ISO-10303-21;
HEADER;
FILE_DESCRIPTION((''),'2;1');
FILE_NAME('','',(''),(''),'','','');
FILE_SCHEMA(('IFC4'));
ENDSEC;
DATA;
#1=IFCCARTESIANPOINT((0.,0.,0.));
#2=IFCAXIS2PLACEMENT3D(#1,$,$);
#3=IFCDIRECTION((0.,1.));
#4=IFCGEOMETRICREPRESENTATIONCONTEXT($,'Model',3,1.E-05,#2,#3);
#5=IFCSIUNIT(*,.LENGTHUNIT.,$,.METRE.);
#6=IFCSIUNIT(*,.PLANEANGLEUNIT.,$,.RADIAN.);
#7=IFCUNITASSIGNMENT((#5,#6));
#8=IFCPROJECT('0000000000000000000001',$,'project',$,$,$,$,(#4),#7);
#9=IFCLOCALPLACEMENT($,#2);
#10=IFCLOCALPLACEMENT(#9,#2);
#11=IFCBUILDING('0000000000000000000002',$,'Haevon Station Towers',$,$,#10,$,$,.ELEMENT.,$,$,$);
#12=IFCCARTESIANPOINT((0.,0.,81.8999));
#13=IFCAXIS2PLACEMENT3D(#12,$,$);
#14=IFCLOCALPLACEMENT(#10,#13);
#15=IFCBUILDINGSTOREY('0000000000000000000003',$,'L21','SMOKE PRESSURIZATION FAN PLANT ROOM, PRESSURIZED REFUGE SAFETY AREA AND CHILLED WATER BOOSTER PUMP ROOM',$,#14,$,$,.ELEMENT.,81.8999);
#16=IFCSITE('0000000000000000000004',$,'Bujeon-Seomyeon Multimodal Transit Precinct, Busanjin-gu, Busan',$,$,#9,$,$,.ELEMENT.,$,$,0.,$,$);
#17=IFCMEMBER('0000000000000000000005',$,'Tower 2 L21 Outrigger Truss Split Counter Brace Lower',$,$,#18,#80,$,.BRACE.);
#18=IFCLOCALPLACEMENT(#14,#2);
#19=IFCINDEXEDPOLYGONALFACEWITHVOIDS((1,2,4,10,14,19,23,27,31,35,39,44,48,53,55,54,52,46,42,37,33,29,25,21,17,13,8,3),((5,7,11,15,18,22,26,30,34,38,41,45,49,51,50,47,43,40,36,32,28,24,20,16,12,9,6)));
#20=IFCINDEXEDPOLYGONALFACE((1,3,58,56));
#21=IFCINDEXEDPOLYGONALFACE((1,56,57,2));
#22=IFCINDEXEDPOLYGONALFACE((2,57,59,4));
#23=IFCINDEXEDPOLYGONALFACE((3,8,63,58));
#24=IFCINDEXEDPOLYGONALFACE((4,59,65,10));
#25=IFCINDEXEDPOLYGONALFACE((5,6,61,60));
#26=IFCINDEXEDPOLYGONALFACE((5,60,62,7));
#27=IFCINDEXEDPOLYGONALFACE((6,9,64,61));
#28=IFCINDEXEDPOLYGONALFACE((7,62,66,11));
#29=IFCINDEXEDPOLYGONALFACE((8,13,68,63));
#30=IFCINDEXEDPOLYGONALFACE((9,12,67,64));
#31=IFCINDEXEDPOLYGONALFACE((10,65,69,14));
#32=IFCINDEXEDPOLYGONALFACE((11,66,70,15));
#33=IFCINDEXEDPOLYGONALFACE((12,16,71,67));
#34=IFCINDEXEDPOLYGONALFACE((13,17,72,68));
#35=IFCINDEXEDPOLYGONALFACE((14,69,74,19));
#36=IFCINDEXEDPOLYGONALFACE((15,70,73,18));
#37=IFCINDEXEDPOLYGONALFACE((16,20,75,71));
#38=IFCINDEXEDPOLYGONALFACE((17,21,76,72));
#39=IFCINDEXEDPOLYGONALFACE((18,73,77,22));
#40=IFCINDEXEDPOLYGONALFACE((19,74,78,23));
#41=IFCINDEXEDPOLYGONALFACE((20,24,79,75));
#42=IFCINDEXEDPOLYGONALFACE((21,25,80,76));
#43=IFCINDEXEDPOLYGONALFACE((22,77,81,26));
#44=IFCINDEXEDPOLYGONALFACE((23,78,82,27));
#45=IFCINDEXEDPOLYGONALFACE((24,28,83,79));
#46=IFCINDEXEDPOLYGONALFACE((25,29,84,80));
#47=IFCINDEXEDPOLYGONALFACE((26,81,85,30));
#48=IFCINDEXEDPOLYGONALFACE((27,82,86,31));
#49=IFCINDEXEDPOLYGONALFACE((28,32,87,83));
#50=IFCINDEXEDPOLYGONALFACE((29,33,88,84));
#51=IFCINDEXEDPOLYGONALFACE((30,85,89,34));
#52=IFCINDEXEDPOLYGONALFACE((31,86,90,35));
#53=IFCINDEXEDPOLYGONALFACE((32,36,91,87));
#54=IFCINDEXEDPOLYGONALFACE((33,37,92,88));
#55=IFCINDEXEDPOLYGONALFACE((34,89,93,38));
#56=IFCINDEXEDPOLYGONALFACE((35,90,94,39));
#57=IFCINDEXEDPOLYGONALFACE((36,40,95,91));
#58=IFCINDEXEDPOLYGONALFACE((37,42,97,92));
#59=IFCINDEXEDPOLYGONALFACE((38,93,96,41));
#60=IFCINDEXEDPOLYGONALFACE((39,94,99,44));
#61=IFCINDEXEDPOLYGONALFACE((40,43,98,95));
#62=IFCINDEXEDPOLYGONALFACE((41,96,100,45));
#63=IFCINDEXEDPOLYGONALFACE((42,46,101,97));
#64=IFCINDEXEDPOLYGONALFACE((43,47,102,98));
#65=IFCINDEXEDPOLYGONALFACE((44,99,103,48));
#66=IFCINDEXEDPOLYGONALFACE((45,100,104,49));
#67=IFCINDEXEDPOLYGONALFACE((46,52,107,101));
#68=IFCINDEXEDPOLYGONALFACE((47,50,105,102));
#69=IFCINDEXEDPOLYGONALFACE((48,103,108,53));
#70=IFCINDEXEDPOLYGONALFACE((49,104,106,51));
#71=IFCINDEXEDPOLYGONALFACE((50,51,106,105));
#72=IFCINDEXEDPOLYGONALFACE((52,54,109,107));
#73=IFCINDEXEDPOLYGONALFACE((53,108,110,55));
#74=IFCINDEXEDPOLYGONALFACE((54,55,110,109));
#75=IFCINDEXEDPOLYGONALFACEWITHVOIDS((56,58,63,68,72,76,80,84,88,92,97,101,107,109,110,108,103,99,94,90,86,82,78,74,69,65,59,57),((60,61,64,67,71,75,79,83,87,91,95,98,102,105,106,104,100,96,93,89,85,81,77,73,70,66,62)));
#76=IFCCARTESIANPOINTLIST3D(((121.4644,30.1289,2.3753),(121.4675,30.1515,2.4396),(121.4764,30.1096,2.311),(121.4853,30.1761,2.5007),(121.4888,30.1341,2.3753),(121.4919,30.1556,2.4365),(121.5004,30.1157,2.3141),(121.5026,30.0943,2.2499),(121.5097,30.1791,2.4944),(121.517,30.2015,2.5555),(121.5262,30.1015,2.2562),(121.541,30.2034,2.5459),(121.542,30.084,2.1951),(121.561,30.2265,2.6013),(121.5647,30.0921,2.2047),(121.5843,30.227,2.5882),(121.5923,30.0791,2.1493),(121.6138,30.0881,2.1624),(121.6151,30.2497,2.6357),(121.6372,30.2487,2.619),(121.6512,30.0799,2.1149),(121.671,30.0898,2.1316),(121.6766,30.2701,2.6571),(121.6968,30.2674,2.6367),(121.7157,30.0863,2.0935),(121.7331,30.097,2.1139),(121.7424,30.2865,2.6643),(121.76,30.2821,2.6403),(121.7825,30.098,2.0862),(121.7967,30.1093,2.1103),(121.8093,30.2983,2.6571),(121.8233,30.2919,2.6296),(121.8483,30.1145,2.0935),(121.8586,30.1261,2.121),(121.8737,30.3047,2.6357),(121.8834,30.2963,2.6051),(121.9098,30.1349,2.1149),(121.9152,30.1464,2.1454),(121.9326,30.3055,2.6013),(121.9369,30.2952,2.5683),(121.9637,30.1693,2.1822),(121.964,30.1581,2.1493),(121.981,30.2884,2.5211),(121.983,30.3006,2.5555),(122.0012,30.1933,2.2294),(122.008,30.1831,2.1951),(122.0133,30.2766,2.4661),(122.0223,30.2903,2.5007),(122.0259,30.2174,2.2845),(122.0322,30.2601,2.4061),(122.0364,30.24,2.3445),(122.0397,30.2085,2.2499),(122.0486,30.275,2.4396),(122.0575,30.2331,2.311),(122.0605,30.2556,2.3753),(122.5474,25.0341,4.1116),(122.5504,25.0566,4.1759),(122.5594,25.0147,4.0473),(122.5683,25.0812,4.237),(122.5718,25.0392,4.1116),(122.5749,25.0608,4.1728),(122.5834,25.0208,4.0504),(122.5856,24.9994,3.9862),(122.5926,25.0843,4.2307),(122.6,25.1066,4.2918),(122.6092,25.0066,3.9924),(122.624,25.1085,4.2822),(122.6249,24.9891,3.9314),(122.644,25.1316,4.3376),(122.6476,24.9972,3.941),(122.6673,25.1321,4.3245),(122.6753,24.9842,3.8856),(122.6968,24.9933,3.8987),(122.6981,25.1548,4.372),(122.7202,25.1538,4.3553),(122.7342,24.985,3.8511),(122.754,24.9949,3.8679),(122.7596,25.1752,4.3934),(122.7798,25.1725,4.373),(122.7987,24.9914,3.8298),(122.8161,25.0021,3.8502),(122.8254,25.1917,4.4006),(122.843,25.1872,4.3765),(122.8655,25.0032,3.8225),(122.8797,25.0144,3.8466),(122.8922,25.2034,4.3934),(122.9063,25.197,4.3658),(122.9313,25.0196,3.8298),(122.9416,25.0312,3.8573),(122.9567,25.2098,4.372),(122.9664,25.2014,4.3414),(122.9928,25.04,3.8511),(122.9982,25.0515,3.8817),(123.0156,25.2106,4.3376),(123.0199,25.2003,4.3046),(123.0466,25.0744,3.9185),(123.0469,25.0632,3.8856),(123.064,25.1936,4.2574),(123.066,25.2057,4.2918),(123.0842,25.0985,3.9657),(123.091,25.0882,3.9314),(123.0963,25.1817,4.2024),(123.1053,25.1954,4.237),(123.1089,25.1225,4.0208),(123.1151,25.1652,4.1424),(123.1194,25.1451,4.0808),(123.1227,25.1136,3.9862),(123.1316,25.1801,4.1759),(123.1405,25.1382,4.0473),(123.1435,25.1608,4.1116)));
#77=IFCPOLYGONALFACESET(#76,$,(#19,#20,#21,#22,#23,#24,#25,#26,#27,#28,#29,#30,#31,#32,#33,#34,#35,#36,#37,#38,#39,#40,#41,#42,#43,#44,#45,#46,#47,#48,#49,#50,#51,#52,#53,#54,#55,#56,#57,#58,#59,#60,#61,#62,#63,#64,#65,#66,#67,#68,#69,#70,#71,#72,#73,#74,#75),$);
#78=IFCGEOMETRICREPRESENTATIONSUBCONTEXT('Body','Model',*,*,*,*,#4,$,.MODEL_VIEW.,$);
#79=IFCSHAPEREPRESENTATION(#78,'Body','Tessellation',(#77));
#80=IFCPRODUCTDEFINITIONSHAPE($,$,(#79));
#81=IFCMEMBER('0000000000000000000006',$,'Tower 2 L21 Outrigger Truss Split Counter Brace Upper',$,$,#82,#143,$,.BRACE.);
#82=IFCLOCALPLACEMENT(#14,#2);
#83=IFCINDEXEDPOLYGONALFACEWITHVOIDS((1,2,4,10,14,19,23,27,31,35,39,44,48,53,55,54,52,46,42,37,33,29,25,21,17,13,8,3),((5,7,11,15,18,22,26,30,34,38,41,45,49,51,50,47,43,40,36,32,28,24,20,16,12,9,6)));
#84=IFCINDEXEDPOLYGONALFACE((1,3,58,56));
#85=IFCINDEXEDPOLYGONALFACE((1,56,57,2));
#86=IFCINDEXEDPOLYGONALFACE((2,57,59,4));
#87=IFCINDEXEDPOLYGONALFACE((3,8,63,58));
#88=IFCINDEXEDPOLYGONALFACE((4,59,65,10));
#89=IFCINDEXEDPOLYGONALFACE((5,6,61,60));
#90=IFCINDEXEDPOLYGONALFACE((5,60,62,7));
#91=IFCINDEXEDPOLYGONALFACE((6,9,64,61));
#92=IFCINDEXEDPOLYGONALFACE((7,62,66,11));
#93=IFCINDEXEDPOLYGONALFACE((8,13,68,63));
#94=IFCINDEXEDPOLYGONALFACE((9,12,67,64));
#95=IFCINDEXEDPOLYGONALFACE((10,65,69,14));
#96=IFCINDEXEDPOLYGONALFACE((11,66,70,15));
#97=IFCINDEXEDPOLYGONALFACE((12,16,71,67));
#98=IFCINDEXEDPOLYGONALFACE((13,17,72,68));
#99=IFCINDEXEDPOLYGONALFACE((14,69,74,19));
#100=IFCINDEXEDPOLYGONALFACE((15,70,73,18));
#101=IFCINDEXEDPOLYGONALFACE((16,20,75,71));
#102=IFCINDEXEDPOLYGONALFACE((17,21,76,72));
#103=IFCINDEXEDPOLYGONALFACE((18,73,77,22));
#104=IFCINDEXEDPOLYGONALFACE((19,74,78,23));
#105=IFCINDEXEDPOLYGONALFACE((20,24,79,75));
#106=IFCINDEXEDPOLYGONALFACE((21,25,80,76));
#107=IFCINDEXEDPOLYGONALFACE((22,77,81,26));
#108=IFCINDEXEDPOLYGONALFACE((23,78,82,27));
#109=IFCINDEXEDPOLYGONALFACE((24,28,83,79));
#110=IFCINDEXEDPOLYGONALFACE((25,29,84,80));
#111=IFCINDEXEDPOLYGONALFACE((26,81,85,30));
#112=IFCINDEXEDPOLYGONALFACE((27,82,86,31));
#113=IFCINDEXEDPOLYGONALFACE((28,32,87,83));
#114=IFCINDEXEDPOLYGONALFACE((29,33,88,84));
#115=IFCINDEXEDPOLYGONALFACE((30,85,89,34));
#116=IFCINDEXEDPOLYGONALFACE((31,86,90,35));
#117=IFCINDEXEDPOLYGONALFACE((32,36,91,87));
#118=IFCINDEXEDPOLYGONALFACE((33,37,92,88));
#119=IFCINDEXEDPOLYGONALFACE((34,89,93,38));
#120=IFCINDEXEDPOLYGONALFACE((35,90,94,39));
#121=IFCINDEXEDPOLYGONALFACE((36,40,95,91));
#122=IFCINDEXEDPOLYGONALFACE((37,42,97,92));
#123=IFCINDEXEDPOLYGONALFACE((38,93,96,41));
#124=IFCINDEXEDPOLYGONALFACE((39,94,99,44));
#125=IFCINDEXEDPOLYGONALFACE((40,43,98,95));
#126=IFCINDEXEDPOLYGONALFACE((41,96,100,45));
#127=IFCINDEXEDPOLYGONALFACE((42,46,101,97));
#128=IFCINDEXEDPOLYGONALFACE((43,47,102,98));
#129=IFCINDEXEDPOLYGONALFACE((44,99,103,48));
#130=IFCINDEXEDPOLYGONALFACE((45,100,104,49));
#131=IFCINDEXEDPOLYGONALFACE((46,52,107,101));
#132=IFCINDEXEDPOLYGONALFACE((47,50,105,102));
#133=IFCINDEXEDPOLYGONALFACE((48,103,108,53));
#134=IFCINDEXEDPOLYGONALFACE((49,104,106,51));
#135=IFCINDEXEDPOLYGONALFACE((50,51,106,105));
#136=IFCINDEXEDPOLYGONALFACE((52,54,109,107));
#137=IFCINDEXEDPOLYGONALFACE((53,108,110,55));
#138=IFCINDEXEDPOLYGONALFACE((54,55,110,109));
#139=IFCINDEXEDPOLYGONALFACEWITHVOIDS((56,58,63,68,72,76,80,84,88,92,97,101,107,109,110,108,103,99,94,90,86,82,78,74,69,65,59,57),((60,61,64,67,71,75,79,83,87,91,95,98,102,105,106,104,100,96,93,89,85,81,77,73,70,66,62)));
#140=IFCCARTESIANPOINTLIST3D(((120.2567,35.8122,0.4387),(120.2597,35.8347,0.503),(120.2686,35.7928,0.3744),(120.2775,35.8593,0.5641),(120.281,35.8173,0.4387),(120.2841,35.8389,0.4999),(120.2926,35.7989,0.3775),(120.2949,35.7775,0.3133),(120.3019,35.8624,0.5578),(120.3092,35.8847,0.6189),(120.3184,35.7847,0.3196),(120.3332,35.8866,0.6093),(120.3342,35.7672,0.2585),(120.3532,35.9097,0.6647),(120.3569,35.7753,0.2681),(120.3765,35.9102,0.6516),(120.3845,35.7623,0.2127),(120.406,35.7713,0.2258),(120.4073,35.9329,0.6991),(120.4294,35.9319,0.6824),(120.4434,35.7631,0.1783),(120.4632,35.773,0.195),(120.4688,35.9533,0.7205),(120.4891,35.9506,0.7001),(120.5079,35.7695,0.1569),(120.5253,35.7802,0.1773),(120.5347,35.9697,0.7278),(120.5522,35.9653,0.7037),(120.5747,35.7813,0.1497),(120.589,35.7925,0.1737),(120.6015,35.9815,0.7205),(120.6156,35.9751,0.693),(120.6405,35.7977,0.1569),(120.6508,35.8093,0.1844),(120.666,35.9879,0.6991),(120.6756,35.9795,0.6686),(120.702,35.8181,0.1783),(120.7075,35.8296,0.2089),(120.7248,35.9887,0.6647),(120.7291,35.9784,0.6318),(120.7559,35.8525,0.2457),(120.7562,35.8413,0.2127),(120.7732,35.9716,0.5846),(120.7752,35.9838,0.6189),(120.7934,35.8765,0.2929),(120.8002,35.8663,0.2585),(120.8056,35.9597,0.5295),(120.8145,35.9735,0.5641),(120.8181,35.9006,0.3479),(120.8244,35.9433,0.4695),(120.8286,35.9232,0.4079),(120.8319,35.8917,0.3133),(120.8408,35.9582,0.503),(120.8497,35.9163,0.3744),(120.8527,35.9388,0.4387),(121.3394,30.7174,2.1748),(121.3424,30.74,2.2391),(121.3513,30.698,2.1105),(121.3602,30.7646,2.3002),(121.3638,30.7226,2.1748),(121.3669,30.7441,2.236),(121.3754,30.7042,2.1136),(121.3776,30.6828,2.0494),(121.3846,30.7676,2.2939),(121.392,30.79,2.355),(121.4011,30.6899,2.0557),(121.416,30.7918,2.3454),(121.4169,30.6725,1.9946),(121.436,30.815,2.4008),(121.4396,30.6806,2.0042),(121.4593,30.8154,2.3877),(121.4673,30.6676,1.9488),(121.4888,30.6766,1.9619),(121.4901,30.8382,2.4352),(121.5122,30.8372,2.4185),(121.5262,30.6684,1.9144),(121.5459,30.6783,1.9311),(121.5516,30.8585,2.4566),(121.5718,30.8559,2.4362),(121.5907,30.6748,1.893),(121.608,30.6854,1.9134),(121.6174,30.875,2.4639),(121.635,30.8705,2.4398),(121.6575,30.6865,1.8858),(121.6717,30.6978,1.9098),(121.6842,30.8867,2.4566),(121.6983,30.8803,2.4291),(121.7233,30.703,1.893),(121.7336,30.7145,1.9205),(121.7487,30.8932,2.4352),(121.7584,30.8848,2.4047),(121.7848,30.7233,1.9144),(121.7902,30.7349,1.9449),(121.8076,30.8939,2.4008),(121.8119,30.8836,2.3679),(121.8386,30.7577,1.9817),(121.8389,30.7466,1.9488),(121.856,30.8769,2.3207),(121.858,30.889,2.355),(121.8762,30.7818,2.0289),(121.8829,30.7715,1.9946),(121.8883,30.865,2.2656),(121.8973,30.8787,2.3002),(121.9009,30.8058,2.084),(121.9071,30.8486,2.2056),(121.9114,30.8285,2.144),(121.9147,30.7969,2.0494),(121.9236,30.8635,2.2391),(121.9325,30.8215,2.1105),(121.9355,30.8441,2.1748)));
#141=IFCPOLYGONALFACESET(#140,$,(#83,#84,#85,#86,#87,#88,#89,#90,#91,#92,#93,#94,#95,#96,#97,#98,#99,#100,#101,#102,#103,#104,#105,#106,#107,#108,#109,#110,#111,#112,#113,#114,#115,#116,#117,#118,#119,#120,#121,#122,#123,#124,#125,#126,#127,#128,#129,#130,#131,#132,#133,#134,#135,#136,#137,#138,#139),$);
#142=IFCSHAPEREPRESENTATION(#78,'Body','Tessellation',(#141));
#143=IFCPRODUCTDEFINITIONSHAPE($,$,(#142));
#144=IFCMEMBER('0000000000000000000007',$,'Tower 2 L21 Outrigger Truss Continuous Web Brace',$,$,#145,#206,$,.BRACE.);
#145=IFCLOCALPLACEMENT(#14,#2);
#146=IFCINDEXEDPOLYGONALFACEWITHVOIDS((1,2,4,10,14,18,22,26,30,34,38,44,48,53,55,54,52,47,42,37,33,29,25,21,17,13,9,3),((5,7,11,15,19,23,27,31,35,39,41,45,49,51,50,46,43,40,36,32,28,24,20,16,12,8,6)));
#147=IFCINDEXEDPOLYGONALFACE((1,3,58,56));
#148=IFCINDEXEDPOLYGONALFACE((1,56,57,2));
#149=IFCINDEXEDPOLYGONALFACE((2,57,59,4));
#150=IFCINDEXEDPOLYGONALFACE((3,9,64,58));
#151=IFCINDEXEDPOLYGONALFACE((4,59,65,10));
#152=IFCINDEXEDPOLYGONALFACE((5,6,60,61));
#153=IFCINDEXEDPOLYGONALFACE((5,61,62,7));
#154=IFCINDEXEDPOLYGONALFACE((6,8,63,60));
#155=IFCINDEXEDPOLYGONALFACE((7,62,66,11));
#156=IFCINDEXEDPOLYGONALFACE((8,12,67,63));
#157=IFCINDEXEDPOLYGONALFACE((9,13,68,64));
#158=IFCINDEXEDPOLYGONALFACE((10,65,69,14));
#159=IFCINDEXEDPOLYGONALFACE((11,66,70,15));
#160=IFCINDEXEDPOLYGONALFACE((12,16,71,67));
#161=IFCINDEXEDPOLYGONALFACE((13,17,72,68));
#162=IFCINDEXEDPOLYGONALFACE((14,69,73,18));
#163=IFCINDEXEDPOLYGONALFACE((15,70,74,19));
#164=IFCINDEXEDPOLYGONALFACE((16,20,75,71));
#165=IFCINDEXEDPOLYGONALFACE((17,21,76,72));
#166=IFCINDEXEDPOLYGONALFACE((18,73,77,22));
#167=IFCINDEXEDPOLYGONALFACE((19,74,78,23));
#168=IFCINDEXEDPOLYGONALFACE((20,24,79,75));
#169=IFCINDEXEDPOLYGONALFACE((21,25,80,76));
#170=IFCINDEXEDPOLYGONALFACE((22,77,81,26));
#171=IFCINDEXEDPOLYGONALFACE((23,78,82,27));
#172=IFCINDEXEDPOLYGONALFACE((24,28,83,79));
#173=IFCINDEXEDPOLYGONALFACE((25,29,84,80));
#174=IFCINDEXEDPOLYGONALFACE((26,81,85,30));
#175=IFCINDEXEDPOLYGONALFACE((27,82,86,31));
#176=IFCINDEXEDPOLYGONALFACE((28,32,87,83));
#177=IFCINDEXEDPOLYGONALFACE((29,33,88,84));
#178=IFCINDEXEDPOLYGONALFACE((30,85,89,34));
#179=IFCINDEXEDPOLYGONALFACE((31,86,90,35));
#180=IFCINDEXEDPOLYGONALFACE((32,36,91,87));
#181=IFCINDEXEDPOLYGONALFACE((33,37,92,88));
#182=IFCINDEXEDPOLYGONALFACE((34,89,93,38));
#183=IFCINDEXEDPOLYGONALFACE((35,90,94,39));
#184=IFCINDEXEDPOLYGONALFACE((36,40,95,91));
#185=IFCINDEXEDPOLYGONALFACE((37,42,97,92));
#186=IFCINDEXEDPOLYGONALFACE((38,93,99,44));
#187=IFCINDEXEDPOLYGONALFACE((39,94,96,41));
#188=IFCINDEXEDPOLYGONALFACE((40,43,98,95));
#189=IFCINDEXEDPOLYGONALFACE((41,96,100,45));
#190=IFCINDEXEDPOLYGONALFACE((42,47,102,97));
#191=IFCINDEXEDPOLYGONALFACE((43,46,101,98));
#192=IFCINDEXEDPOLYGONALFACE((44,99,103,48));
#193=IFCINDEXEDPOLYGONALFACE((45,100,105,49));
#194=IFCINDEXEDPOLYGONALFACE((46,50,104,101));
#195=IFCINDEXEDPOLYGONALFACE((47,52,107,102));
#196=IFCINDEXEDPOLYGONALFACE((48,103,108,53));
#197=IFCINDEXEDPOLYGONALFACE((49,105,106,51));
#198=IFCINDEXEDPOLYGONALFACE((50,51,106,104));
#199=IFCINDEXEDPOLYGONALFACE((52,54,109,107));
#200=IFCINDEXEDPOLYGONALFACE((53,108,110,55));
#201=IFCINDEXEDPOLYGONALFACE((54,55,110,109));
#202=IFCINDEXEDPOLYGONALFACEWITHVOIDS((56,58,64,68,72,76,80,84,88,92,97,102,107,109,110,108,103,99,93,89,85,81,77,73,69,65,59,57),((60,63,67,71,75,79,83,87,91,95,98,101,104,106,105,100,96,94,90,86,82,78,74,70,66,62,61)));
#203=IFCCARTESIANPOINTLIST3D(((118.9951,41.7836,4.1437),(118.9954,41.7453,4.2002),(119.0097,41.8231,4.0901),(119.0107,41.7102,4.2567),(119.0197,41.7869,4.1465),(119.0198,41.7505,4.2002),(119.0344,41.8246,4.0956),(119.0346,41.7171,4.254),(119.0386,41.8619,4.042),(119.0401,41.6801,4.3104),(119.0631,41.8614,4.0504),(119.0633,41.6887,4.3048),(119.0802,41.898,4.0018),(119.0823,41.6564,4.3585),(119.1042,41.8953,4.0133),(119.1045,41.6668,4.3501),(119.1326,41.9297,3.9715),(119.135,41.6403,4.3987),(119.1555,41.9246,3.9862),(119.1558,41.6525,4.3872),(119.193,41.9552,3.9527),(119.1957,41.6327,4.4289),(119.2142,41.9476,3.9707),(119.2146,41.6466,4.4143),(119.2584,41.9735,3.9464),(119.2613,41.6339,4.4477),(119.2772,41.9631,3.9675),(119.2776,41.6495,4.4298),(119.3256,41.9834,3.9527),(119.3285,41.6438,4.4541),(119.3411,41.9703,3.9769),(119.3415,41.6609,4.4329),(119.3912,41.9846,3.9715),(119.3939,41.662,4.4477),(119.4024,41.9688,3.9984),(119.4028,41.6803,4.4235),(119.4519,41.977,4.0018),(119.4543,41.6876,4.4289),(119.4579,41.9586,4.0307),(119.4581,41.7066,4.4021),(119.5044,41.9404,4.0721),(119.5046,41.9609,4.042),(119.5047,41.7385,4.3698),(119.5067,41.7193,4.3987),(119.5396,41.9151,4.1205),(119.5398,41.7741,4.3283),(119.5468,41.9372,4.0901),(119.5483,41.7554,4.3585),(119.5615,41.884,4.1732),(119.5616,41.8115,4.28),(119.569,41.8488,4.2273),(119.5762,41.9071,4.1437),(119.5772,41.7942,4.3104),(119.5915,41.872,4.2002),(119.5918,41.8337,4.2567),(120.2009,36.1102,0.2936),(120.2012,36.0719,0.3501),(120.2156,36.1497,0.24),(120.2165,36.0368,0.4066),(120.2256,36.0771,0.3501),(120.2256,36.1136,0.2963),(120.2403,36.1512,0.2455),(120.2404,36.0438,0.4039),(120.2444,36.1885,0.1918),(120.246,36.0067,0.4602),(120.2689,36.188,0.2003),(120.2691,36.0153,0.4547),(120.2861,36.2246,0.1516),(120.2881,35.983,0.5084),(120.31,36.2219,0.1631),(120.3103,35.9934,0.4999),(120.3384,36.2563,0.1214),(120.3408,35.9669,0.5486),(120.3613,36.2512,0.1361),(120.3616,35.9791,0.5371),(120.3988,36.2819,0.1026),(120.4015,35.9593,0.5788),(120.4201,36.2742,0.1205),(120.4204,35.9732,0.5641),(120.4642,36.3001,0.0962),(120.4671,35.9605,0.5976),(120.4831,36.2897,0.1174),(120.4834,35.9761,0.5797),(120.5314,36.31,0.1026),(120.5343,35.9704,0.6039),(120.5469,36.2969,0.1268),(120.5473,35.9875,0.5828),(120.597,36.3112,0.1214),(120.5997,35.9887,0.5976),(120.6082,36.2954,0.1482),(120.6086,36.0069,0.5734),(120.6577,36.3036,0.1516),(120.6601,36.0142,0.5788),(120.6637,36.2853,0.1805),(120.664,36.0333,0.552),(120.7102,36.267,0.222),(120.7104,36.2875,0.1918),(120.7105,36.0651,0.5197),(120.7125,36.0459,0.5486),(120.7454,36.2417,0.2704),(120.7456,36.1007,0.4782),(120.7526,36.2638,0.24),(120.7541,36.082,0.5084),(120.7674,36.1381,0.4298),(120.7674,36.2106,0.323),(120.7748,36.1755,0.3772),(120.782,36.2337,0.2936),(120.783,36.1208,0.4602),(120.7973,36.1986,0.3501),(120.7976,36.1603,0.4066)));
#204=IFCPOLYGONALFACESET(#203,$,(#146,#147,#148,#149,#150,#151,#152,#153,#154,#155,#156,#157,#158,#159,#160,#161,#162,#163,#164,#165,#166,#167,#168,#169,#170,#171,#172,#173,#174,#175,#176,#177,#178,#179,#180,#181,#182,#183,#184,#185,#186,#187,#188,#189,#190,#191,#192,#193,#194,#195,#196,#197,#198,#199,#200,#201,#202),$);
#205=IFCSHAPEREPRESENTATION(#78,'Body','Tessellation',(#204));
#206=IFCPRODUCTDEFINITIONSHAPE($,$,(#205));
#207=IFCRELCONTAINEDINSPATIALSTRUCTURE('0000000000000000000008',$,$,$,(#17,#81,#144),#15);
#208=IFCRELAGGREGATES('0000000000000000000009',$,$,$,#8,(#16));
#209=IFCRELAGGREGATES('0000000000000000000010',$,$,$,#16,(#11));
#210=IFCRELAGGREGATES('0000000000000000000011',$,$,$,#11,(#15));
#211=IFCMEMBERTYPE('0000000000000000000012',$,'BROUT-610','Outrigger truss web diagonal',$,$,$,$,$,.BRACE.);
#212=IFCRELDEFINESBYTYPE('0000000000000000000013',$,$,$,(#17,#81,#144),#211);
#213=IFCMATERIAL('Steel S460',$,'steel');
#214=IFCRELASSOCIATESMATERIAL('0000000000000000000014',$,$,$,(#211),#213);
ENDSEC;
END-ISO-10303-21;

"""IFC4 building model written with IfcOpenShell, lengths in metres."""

from ifc_helpers import new_model, si_unit, direction, frame, origin, origin_2d, place, context, subcontext, project, spatial, hollow_circle, extrude, material, material_profile, profile_set, type_object, element, save


model = new_model("IFC4")

# Units and contexts
model_context = context("Model", 3, precision=1e-05, world=origin(), true_north=direction((0.0, 1.0)))
body_context = subcontext(model_context, "Body", "Model", "MODEL_VIEW")
ifc_project = project(units=[si_unit("LENGTHUNIT", "METRE"), si_unit("PLANEANGLEUNIT", "RADIAN")], contexts=[model_context])

# Site, building, storey
site_placement = place(None, origin())
site = spatial("IfcSite", under=ifc_project, at=site_placement, Name="Bujeon-Seomyeon Multimodal Transit Precinct, Busanjin-gu, Busan", CompositionType="ELEMENT", RefElevation=0.0)
building_placement = place(site_placement, origin())
building = spatial("IfcBuilding", under=site, at=building_placement, Name="Haevon Station Towers", CompositionType="ELEMENT")
storey_placement = place(building_placement, frame((0.0, 0.0, 81.8999)))
storey = spatial("IfcBuildingStorey", under=building, at=storey_placement, Name="L21", Description="SMOKE PRESSURIZATION FAN PLANT ROOM, PRESSURIZED REFUGE SAFETY AREA AND CHILLED WATER BOOSTER PUMP ROOM", CompositionType="ELEMENT", Elevation=81.8999)

# Shared definitions
ifc_material_1 = material(Name="Steel S460", Category="steel")

# Members
ifc_material_profile_1 = material_profile(ifc_material_1, hollow_circle(Radius=0.3047, WallThickness=0.0249, at=origin_2d()), Name="CHS-609.6x25")
ifc_profile_set_1 = profile_set([ifc_material_profile_1], Name="Steel S460")
member_type_1 = type_object("IfcMemberType", Name="BROUT-610", Description="Outrigger truss web diagonal", PredefinedType="BRACE", material=ifc_profile_set_1)
member_1_placement = place(storey_placement, frame((122.8455, 25.0974, 4.1116), z_axis=(-0.197248, 0.927948, -0.316238), x_axis=(-0.978146, -0.207919, 0.0)))
element("IfcMember", 1, at=member_1_placement, inside=storey, type_object=member_type_1, Name="Tower 2 L21 Outrigger Truss Split Counter Brace Lower", PredefinedType="BRACE", context=body_context, shape_type="SweptSolid", body=[
    extrude(hollow_circle(Radius=0.3047, WallThickness=0.0249, at=origin_2d()), origin(), (0.0, 0.0, 1.0), 5.4905),
])
member_2_placement = place(storey_placement, frame((121.6375, 30.7808, 2.1748), z_axis=(-0.197217, 0.927963, -0.316213), x_axis=(-0.978154, -0.207883, 0.0)))
element("IfcMember", 2, at=member_2_placement, inside=storey, type_object=member_type_1, Name="Tower 2 L21 Outrigger Truss Split Counter Brace Upper", PredefinedType="BRACE", context=body_context, shape_type="SweptSolid", body=[
    extrude(hollow_circle(Radius=0.3047, WallThickness=0.0249, at=origin_2d()), origin(), (0.0, 0.0, 1.0), 5.4902),
])
member_3_placement = place(storey_placement, frame((120.4993, 36.1353, 0.3501), z_axis=(-0.173209, 0.814947, 0.553047), x_axis=(-0.978151, -0.207896, 0.0)))
element("IfcMember", 3, at=member_3_placement, inside=storey, type_object=member_type_1, Name="Tower 2 L21 Outrigger Truss Continuous Web Brace", PredefinedType="BRACE", context=body_context, shape_type="SweptSolid", body=[
    extrude(hollow_circle(Radius=0.3047, WallThickness=0.0249, at=origin_2d()), origin(), (0.0, 0.0, 1.0), 6.9617),
])

save(model, "model.ifc")
